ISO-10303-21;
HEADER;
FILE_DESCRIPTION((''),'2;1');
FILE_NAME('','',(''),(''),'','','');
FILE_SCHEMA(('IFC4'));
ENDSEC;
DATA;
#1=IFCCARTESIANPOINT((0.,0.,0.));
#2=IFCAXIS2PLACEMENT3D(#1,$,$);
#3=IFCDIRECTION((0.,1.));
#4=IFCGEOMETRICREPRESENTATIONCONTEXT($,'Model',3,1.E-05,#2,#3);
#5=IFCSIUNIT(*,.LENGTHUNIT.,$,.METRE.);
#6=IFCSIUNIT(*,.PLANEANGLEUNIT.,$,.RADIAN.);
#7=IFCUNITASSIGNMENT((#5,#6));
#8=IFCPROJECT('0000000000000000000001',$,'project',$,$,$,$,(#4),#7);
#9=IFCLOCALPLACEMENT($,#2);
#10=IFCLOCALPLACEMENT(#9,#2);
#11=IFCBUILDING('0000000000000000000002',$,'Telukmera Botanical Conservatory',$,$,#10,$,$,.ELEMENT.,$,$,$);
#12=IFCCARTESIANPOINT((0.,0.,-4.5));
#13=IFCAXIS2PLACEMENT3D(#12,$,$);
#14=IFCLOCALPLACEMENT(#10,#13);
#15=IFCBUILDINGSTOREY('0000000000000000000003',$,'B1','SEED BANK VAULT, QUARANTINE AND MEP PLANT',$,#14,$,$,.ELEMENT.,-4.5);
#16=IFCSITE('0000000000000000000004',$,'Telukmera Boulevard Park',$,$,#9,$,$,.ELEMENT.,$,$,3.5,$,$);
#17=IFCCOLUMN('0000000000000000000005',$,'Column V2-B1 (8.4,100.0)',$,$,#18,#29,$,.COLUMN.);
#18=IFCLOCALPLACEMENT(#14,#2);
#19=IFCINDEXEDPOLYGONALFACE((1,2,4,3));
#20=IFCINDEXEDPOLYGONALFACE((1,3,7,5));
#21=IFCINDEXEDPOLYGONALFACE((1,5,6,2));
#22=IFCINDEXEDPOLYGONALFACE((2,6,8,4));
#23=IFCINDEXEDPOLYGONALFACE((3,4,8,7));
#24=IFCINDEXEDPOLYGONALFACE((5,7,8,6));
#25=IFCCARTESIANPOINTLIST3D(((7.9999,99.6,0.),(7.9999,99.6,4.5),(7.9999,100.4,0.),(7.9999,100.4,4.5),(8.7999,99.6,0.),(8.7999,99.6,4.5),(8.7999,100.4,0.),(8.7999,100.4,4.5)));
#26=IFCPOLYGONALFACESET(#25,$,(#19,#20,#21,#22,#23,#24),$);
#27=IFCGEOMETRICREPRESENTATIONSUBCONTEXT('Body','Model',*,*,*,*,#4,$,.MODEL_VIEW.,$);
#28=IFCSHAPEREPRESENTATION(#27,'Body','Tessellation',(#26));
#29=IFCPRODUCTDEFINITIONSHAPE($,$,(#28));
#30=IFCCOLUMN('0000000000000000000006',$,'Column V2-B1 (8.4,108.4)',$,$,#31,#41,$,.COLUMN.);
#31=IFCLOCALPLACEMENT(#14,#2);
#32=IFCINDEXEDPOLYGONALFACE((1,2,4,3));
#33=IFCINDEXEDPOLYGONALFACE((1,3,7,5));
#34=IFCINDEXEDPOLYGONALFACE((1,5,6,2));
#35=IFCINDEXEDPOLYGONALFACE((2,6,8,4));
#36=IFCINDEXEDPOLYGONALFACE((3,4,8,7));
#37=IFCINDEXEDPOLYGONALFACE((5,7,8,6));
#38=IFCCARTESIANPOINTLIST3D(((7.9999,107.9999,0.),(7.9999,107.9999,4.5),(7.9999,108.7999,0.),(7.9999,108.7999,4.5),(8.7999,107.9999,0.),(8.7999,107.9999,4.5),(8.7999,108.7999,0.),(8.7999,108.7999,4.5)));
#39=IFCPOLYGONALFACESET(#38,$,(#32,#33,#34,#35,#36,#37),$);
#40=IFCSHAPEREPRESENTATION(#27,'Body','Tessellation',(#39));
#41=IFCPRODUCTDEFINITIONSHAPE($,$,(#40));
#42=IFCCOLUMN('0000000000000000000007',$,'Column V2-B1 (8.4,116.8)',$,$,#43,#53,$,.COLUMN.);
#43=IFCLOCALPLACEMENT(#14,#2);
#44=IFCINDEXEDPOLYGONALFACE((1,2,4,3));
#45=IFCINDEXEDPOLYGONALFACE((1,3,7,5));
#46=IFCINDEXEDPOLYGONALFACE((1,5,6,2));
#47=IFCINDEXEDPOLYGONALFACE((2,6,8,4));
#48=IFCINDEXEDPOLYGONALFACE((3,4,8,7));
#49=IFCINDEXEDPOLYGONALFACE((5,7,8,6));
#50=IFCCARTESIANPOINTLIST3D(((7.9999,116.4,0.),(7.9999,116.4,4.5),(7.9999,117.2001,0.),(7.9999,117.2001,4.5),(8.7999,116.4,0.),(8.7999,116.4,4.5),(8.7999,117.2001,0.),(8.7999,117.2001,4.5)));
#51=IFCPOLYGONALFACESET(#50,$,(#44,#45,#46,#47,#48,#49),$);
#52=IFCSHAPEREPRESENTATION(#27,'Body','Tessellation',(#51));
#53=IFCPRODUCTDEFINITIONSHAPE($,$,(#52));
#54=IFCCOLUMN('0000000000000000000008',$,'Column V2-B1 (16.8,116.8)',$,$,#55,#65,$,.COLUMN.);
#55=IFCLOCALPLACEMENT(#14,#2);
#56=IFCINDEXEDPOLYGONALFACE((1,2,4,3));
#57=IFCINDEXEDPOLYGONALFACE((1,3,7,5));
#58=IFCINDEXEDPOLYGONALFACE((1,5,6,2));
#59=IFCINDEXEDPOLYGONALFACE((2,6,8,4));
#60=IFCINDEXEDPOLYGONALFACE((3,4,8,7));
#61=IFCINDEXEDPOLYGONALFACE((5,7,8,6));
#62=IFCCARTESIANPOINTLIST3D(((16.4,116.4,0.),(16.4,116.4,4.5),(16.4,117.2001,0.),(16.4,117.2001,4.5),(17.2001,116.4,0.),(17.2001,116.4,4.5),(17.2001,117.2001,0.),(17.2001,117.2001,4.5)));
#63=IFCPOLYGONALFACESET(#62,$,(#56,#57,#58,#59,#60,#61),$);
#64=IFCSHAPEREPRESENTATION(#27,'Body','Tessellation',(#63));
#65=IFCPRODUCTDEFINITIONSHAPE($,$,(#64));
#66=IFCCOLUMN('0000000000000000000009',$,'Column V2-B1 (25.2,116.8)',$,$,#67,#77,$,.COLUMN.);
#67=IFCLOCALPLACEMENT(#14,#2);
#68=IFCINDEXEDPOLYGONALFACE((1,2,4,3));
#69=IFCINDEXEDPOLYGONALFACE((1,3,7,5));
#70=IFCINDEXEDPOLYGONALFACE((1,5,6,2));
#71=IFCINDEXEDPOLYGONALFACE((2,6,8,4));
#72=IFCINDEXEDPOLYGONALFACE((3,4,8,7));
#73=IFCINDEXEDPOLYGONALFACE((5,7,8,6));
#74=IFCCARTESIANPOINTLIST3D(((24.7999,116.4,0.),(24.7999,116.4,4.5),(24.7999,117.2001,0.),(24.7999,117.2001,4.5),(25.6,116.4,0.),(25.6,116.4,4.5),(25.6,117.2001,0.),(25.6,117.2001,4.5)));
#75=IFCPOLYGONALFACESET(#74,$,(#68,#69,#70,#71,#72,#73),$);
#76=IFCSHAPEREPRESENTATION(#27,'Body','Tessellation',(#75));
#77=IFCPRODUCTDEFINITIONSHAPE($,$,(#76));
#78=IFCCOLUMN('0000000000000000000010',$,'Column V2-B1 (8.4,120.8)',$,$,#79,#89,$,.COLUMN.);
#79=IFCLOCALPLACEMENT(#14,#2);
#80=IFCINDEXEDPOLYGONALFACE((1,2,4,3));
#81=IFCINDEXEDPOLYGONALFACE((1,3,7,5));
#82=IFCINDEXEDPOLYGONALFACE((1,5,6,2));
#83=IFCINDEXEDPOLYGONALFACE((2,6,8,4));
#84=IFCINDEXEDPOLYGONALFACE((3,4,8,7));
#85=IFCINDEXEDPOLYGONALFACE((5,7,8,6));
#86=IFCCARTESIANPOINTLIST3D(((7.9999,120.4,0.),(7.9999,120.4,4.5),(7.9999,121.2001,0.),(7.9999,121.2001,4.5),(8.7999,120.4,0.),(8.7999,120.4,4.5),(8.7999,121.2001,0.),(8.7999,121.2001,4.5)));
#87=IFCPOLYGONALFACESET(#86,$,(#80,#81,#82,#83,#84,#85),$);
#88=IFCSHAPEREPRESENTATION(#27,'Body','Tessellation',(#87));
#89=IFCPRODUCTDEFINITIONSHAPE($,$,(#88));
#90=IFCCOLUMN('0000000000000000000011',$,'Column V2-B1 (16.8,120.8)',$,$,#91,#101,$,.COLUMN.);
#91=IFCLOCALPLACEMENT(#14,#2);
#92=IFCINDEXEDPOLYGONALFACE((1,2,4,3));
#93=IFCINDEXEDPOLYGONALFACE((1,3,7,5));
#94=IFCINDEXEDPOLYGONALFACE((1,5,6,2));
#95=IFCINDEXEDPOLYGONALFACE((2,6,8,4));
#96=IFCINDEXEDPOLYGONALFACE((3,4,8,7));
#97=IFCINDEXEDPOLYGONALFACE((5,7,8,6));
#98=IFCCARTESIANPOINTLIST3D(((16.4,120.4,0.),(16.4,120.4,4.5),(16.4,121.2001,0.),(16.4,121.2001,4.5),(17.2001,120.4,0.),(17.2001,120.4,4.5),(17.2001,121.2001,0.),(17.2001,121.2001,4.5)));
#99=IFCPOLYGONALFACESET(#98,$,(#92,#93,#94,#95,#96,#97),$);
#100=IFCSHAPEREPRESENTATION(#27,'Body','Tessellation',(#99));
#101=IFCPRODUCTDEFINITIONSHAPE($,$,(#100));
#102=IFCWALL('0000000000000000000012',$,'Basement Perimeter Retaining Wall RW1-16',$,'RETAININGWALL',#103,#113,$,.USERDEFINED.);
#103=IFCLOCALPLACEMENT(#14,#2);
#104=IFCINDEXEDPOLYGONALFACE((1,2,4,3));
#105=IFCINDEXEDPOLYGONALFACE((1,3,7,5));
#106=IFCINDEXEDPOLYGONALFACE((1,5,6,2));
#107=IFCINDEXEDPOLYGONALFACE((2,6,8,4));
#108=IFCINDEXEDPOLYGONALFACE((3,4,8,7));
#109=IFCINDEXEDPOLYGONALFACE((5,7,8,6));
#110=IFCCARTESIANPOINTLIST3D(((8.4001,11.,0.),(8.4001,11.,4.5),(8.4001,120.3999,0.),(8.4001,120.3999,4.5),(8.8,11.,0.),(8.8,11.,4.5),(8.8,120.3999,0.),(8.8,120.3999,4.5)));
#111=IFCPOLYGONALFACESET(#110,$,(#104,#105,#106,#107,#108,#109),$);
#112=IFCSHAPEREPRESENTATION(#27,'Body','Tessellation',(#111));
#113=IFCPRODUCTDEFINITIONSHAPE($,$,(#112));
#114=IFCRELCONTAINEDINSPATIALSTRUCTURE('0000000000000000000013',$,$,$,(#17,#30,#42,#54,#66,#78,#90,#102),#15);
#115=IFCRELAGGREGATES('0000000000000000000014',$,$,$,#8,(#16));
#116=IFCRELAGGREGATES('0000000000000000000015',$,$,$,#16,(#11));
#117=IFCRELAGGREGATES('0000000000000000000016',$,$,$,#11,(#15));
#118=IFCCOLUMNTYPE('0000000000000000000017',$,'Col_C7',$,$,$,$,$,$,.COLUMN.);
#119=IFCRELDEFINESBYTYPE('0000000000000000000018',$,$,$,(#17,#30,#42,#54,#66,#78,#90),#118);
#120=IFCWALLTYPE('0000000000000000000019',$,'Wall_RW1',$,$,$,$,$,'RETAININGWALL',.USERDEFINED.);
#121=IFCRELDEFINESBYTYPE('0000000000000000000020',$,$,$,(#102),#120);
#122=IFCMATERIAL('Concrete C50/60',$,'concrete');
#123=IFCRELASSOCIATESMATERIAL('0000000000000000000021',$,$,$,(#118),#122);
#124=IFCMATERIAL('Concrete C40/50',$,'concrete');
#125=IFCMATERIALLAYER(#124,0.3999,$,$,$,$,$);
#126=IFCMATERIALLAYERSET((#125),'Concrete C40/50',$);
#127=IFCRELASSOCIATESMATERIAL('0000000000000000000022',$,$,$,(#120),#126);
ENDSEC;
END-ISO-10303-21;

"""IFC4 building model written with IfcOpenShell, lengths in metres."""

from ifc_helpers import new_model, si_unit, direction, frame, frame_2d, origin, origin_2d, place, context, subcontext, project, spatial, rectangle, extrude, material, layer, layer_set, material_profile, profile_set, type_object, element, save


model = new_model("IFC4")

# Units and contexts
model_context = context("Model", 3, precision=1e-05, world=origin(), true_north=direction((0.0, 1.0)))
body_context = subcontext(model_context, "Body", "Model", "MODEL_VIEW")
ifc_project = project(units=[si_unit("LENGTHUNIT", "METRE"), si_unit("PLANEANGLEUNIT", "RADIAN")], contexts=[model_context])

# Site, building, storey
site_placement = place(None, origin())
site = spatial("IfcSite", under=ifc_project, at=site_placement, Name="Telukmera Boulevard Park", CompositionType="ELEMENT", RefElevation=3.5)
building_placement = place(site_placement, origin())
building = spatial("IfcBuilding", under=site, at=building_placement, Name="Telukmera Botanical Conservatory", CompositionType="ELEMENT")
storey_placement = place(building_placement, frame((0.0, 0.0, -4.5)))
storey = spatial("IfcBuildingStorey", under=building, at=storey_placement, Name="B1", Description="SEED BANK VAULT, QUARANTINE AND MEP PLANT", CompositionType="ELEMENT", Elevation=-4.5)

# Shared definitions
ifc_material_1 = material(Name="Concrete C50/60", Category="concrete")
ifc_material_2 = material(Name="Concrete C40/50", Category="concrete")

# Columns
ifc_material_profile_1 = material_profile(ifc_material_1, rectangle(XDim=0.8, YDim=0.8, at=origin_2d()), Name="RC 800x800")
ifc_profile_set_1 = profile_set([ifc_material_profile_1], Name="Concrete C50/60")
column_type = type_object("IfcColumnType", Name="Col_C7", PredefinedType="COLUMN", material=ifc_profile_set_1)
for number, where, z_axis, x_axis, name in (
    (1, (8.3999, 100.0, 0.0), (0.0, 0.0, 1.0), (1.0, 0.0, 0.0), "Column V2-B1 (8.4,100.0)"),
    (2, (8.3999, 108.3999, 0.0), (0.0, 0.0, 1.0), (1.0, 0.0, 0.0), "Column V2-B1 (8.4,108.4)"),
    (3, (8.3999, 116.8, 0.0), (0.0, 0.0, 1.0), (1.0, 0.0, 0.0), "Column V2-B1 (8.4,116.8)"),
    (4, (16.8, 116.8, 0.0), (0.0, 0.0, 1.0), (1.0, 0.0, 0.0), "Column V2-B1 (16.8,116.8)"),
    (5, (25.2, 116.8, 0.0), (0.0, 0.0, 1.0), (1.0, 0.0, 0.0), "Column V2-B1 (25.2,116.8)"),
    (6, (8.3999, 120.8, 0.0), (0.0, 0.0, 1.0), (1.0, 0.0, 0.0), "Column V2-B1 (8.4,120.8)"),
    (7, (16.8, 120.8, 0.0), (0.0, 0.0, 1.0), (1.0, 0.0, 0.0), "Column V2-B1 (16.8,120.8)"),
):
    element("IfcColumn", number, at=place(storey_placement, frame(where, z_axis=z_axis, x_axis=x_axis)), inside=storey, type_object=column_type, Name=name, PredefinedType="COLUMN", context=body_context, shape_type="SweptSolid", body=[
        extrude(rectangle(XDim=0.8, YDim=0.8, at=origin_2d()), origin(), (0.0, 0.0, 1.0), 4.5),
    ])

# Wall
ifc_layer = layer(ifc_material_2, 0.3999)
ifc_layer_set = layer_set([ifc_layer], Name="Concrete C40/50")
wall_type = type_object("IfcWallType", Name="Wall_RW1", ElementType="RETAININGWALL", PredefinedType="USERDEFINED", material=ifc_layer_set)
wall_placement = place(storey_placement, frame((8.6001, 120.3999, 0.0), z_axis=(0.0, 0.0, 1.0), x_axis=(0.0, -1.0, 0.0)))
element("IfcWall", 8, at=wall_placement, inside=storey, type_object=wall_type, Name="Basement Perimeter Retaining Wall RW1-16", ObjectType="RETAININGWALL", PredefinedType="USERDEFINED", context=body_context, shape_type="SweptSolid", body=[
    extrude(rectangle(XDim=109.3999, YDim=0.3999, at=frame_2d((54.7, 0.0))), origin(), (0.0, 0.0, 1.0), 4.5),
])

save(model, "model.ifc")
